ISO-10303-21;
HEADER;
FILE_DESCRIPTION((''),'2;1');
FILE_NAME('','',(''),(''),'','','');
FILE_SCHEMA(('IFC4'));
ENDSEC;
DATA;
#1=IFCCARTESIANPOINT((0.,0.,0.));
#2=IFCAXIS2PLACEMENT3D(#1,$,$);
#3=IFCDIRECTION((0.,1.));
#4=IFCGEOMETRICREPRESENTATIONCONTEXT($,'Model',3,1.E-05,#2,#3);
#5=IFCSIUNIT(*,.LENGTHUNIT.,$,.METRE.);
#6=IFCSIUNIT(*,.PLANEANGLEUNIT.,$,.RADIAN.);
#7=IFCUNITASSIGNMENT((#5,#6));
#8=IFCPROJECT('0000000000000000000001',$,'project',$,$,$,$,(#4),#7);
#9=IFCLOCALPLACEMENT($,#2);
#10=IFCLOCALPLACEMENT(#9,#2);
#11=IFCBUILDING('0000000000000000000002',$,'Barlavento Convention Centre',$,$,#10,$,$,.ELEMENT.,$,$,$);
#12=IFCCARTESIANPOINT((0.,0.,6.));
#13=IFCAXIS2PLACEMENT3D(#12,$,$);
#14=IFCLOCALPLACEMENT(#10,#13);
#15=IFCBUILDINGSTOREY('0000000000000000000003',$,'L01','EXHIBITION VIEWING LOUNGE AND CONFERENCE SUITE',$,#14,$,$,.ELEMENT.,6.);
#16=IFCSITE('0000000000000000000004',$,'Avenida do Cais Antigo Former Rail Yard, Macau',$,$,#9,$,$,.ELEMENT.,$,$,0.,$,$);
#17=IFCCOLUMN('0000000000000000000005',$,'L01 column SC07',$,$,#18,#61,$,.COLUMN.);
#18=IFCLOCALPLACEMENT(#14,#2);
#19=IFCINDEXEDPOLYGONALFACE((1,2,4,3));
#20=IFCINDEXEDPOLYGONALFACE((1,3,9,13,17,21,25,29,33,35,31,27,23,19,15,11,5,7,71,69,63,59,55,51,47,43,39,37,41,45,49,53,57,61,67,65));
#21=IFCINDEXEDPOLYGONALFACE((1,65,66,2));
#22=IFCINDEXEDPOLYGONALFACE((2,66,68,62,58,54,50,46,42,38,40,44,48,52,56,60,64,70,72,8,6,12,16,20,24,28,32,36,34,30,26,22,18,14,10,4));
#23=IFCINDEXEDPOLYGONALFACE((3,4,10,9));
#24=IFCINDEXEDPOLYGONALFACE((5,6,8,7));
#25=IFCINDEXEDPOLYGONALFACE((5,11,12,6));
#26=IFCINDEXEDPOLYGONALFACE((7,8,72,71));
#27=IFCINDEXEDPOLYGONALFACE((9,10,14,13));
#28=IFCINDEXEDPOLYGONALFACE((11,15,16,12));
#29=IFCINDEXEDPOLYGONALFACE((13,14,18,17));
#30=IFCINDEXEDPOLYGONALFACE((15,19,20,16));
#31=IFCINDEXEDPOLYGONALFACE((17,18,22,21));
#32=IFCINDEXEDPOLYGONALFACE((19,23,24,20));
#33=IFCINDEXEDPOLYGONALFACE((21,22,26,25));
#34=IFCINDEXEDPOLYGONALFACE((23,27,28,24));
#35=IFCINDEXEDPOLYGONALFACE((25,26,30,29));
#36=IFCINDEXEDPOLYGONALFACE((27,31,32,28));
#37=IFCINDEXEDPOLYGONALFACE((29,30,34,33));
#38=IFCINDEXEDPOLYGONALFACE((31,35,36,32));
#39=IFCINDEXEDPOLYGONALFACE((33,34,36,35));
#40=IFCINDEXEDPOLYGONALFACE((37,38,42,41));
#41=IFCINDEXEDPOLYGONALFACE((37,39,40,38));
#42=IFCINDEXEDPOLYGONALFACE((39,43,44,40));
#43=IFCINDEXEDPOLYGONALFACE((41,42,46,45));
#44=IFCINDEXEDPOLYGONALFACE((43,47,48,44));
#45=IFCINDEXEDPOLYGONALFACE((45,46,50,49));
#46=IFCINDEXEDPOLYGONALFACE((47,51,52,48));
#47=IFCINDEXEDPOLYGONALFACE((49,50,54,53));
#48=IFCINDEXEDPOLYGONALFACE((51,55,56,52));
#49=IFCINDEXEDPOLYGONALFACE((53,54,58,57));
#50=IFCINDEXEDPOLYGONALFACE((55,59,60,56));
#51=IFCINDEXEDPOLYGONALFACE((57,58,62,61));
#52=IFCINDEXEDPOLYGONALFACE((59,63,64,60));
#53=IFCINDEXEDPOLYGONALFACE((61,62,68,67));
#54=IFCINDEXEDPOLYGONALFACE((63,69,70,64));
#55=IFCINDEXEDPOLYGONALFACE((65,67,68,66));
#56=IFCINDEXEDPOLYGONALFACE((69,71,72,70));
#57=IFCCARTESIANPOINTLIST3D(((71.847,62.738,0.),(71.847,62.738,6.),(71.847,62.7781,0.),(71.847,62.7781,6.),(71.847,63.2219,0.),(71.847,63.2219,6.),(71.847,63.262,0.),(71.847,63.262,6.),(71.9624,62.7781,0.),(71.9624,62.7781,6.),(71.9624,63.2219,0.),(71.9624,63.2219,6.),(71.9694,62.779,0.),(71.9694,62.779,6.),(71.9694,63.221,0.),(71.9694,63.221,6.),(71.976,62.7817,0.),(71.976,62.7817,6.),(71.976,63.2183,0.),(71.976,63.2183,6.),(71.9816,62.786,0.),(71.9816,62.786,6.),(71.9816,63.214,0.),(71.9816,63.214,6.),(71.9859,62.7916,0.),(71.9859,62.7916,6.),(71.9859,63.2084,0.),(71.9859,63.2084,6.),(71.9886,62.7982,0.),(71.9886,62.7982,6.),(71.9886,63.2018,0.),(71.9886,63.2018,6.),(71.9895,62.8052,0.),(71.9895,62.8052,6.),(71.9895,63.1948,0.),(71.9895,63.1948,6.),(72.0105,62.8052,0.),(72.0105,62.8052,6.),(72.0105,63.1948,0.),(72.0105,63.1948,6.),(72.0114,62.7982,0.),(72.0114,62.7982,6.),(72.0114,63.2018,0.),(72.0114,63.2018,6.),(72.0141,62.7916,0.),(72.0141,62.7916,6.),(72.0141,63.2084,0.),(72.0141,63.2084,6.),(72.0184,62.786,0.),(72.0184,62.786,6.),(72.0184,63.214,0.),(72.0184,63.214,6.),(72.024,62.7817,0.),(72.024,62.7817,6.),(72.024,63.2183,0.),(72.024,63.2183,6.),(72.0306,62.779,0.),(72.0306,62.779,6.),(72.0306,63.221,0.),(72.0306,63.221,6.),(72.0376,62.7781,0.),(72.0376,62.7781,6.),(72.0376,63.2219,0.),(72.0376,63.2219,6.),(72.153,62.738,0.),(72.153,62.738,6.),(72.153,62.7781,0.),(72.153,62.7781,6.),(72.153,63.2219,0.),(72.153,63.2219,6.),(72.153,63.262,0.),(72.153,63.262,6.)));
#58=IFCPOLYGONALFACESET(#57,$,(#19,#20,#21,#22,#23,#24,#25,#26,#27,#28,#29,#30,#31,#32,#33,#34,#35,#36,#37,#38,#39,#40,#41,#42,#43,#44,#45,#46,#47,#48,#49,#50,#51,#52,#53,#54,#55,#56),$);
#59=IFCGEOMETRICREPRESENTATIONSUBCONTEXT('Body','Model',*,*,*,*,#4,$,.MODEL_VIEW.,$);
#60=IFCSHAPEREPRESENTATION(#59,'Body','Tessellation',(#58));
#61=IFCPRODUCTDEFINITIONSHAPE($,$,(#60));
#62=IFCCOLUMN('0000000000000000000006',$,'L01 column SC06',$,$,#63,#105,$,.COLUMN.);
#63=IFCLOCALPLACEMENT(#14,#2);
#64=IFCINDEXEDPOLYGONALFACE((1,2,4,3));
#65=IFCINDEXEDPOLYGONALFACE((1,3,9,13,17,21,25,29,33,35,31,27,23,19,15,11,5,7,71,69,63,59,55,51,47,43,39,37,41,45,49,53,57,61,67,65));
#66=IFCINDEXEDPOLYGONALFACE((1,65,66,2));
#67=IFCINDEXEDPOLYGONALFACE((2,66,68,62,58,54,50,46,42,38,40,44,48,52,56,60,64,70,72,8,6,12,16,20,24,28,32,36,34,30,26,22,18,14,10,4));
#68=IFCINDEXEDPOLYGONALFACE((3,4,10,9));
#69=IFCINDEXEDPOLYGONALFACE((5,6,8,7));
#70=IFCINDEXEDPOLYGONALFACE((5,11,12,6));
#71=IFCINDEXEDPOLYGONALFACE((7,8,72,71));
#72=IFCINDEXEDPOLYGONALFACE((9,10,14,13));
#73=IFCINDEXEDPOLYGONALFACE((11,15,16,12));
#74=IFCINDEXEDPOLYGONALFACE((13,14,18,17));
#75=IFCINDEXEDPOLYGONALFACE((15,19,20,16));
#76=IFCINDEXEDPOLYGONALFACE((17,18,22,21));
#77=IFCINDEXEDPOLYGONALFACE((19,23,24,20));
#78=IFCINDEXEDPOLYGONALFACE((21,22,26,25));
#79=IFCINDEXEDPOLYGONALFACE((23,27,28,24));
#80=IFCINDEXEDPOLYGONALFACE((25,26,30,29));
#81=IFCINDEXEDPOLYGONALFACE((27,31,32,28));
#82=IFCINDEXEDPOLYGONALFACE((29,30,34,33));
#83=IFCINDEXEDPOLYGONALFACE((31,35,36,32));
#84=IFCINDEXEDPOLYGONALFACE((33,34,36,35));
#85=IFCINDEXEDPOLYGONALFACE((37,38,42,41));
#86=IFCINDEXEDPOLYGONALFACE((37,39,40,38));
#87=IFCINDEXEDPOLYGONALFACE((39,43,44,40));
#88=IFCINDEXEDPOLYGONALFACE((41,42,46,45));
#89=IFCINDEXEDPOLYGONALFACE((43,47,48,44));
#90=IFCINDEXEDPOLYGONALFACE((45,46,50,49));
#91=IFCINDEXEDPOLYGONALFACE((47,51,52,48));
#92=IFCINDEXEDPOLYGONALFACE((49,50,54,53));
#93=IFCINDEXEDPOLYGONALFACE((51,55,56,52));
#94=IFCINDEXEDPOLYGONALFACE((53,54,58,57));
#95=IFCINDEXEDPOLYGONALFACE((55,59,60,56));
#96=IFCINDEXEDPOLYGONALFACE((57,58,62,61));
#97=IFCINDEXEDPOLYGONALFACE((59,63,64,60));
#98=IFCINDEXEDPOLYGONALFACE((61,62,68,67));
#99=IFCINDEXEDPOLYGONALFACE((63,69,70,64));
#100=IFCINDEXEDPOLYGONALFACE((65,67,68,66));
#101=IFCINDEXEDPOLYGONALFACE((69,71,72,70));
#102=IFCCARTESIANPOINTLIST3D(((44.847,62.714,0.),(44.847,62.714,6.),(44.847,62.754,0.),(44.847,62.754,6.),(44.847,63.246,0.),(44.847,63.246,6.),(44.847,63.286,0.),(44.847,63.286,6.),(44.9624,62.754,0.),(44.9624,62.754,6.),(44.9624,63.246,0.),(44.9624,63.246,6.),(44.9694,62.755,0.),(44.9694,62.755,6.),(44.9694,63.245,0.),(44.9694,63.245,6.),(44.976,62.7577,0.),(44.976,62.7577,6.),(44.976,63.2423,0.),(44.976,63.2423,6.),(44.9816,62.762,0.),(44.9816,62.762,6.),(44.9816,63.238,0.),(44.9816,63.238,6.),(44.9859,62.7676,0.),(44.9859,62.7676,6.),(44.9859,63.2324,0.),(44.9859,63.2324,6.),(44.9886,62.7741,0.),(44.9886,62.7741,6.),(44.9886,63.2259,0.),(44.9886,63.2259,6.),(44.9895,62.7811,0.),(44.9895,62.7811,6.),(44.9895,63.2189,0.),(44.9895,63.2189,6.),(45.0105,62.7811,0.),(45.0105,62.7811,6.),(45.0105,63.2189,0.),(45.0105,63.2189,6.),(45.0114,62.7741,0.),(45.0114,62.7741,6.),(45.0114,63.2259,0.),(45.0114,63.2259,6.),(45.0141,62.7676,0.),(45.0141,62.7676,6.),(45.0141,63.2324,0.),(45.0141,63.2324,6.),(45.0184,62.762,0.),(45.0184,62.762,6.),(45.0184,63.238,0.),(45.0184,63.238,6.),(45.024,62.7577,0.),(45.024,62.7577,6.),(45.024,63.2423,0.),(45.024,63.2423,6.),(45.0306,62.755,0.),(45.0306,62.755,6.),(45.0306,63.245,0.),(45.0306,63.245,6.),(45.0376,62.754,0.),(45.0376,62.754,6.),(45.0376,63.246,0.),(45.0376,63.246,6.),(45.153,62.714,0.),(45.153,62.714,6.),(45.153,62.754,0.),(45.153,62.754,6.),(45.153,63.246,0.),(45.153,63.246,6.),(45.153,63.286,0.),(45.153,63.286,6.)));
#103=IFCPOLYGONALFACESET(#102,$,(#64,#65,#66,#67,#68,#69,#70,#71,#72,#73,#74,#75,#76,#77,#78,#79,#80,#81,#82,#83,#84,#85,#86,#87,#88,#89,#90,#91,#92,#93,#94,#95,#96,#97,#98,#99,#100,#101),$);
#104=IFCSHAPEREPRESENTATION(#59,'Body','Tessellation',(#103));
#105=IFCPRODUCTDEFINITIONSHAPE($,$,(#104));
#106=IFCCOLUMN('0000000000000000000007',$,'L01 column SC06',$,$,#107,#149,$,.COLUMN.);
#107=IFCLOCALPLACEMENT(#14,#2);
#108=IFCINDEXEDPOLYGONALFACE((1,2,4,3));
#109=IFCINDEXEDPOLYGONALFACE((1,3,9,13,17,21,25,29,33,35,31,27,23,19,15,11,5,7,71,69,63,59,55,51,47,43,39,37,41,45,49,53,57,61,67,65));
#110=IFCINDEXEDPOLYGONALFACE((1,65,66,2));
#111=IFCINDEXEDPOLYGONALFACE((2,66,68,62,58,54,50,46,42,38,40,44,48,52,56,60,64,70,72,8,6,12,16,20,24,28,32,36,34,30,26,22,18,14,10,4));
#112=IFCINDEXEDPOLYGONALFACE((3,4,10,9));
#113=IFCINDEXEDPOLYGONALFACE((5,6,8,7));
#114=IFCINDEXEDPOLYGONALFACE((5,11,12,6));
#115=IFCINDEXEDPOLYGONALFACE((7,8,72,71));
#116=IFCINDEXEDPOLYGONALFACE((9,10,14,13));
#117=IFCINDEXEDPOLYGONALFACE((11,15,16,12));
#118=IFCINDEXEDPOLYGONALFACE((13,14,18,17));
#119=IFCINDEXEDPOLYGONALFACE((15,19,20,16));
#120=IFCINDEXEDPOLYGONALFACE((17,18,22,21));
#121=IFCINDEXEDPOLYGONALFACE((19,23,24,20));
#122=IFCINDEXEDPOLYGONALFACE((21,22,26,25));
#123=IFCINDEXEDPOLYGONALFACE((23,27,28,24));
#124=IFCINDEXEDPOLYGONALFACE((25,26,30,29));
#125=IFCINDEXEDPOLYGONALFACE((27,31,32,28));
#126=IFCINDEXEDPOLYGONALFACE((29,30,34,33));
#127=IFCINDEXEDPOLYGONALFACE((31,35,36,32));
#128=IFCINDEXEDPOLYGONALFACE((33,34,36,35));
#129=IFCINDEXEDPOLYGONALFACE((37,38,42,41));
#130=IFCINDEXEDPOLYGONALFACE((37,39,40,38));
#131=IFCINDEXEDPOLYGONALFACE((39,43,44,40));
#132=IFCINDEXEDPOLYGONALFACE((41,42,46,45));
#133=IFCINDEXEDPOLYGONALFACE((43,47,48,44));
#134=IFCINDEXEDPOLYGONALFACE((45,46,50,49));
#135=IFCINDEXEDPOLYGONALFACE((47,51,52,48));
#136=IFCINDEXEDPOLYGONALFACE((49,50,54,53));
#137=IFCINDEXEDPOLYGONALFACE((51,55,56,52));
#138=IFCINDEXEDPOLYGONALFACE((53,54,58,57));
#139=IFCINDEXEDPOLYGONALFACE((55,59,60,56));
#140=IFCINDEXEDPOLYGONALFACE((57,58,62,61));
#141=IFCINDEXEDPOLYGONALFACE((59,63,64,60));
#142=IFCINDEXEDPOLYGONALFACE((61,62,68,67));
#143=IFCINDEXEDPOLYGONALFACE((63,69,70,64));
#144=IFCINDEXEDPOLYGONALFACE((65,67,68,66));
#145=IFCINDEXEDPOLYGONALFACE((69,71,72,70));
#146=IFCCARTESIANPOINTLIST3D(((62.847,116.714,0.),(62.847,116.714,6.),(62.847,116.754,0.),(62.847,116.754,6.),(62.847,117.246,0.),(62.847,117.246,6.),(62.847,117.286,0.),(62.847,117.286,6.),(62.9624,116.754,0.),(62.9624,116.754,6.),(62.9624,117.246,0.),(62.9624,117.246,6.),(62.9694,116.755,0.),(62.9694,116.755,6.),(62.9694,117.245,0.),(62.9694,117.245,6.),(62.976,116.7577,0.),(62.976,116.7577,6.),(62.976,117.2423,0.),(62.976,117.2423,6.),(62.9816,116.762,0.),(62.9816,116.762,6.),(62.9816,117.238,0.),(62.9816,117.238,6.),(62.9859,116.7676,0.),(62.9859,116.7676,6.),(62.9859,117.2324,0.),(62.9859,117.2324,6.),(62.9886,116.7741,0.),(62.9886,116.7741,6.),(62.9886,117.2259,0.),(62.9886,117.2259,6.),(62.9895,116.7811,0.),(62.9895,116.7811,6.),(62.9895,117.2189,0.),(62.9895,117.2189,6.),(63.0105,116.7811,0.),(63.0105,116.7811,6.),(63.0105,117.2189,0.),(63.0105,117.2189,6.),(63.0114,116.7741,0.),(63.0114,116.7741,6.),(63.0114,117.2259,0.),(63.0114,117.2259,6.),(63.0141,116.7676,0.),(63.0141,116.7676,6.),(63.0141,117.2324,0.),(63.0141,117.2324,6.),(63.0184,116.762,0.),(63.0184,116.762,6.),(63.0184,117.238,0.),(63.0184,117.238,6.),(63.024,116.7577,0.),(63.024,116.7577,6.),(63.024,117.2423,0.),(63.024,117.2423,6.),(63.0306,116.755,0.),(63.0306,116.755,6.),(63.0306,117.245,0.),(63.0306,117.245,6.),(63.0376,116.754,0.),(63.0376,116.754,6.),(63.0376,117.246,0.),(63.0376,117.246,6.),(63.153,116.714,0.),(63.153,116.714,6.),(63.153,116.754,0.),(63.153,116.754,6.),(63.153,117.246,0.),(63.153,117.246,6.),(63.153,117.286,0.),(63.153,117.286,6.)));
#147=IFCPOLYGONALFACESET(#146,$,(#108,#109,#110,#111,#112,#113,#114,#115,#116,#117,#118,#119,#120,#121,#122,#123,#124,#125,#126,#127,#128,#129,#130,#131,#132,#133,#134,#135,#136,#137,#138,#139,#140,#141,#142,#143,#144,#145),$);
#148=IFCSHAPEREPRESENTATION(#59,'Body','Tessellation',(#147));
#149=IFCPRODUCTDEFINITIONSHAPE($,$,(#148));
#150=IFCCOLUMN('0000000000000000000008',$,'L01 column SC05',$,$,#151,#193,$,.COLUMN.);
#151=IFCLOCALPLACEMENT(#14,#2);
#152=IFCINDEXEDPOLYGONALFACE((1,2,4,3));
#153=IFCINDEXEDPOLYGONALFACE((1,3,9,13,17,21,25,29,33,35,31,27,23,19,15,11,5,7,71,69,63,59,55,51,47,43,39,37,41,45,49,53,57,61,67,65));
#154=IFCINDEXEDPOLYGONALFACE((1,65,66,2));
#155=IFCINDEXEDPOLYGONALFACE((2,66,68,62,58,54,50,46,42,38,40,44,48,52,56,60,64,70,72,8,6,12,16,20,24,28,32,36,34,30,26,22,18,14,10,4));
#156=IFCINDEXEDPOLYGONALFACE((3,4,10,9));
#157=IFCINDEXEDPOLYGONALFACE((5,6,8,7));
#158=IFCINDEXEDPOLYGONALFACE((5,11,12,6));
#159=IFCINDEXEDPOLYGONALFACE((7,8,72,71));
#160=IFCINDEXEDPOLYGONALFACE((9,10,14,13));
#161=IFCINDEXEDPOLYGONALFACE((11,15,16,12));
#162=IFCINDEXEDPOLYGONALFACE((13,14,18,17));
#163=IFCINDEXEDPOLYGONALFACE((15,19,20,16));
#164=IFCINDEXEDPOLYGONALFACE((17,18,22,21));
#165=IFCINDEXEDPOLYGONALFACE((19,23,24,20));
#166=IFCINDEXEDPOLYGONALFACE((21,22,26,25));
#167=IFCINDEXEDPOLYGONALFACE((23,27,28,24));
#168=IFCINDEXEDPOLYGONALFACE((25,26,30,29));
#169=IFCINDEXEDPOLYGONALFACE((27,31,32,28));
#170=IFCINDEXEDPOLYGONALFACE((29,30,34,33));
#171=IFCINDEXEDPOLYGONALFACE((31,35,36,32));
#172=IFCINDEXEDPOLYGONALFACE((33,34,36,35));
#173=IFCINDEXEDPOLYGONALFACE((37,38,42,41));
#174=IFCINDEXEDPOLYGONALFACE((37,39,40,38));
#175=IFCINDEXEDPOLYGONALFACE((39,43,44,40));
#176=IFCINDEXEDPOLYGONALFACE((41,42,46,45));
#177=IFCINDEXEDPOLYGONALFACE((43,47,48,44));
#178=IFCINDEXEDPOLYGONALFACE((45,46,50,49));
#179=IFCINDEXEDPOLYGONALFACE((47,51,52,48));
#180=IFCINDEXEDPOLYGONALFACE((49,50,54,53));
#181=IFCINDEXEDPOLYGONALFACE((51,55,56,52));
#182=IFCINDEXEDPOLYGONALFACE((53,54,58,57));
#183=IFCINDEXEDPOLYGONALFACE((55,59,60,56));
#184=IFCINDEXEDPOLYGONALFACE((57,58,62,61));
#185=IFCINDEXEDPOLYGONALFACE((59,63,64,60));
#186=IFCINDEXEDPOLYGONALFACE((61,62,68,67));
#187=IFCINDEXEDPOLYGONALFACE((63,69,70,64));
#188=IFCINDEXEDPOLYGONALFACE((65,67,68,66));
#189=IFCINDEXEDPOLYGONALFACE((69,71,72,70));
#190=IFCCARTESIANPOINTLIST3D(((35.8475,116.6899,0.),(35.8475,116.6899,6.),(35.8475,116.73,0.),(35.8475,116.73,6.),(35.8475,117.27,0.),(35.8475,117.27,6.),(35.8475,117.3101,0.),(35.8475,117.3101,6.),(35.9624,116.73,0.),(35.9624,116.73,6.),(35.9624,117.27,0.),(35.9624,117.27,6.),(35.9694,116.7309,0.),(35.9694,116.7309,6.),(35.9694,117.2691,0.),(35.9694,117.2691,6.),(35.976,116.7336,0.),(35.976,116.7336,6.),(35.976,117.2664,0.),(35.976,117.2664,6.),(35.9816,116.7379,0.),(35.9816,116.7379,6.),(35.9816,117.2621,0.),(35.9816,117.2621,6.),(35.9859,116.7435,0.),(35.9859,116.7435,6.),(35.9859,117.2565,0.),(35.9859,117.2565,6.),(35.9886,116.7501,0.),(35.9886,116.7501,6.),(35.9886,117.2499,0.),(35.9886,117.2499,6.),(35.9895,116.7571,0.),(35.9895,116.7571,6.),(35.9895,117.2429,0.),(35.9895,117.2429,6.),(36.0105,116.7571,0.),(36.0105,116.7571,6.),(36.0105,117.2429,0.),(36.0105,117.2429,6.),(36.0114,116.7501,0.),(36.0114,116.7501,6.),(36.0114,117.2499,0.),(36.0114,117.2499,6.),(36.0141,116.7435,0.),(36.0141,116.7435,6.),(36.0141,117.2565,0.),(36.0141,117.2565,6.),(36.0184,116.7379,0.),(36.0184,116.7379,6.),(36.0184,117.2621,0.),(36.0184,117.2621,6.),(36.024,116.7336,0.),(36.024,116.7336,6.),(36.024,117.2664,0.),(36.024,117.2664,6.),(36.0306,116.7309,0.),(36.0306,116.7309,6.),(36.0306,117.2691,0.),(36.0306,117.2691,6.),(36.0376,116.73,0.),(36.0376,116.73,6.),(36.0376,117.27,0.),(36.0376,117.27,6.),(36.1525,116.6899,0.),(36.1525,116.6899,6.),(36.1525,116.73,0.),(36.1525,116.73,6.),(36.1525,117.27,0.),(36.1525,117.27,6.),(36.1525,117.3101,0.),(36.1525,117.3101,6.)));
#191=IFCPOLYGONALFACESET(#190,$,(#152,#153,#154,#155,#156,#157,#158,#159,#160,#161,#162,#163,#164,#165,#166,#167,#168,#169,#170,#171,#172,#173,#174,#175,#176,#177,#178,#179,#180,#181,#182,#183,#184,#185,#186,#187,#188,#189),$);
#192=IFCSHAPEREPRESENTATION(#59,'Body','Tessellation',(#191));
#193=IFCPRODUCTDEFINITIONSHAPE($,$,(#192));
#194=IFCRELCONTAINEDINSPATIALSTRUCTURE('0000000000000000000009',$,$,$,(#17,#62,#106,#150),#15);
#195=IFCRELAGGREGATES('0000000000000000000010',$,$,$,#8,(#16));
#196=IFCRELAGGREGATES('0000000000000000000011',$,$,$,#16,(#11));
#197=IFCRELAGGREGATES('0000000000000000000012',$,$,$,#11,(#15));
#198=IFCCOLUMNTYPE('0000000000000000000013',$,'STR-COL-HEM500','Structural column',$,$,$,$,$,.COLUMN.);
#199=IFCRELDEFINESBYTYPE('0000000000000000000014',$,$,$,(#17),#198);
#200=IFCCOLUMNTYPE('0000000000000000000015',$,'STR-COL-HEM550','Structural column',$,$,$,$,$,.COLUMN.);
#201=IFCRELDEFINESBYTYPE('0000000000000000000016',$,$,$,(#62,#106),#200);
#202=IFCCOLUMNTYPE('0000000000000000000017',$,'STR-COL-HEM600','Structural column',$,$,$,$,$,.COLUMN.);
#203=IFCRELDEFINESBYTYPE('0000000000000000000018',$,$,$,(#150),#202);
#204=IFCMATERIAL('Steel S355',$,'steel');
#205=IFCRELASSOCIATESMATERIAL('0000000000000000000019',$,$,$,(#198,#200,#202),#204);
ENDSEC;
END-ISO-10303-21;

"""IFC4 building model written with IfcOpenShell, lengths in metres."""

from ifc_helpers import new_model, si_unit, direction, frame, origin, origin_2d, place, context, subcontext, project, spatial, i_section, extrude, material, material_profile, profile_set, type_object, element, save


model = new_model("IFC4")

# Units and contexts
model_context = context("Model", 3, precision=1e-05, world=origin(), true_north=direction((0.0, 1.0)))
body_context = subcontext(model_context, "Body", "Model", "MODEL_VIEW")
ifc_project = project(units=[si_unit("LENGTHUNIT", "METRE"), si_unit("PLANEANGLEUNIT", "RADIAN")], contexts=[model_context])

# Site, building, storey
site_placement = place(None, origin())
site = spatial("IfcSite", under=ifc_project, at=site_placement, Name="Avenida do Cais Antigo Former Rail Yard, Macau", CompositionType="ELEMENT", RefElevation=0.0)
building_placement = place(site_placement, origin())
building = spatial("IfcBuilding", under=site, at=building_placement, Name="Barlavento Convention Centre", CompositionType="ELEMENT")
storey_placement = place(building_placement, frame((0.0, 0.0, 6.0)))
storey = spatial("IfcBuildingStorey", under=building, at=storey_placement, Name="L01", Description="EXHIBITION VIEWING LOUNGE AND CONFERENCE SUITE", CompositionType="ELEMENT", Elevation=6.0)

# Columns
ifc_material_1 = material(Name="Steel S355", Category="steel")
ifc_material_profile_1 = material_profile(ifc_material_1, i_section(OverallWidth=0.3059, OverallDepth=0.5239, WebThickness=0.021, FlangeThickness=0.04, FilletRadius=0.0271, at=origin_2d()), Name="HEM 500")
ifc_profile_set_1 = profile_set([ifc_material_profile_1], Name="Steel S355")
column_type_1 = type_object("IfcColumnType", Name="STR-COL-HEM500", Description="Structural column", PredefinedType="COLUMN", material=ifc_profile_set_1)
column_1_placement = place(storey_placement, frame((72.0, 63.0, 0.0), z_axis=(0.0, 0.0, 1.0), x_axis=(1.0, 0.0, 0.0)))
element("IfcColumn", 1, at=column_1_placement, inside=storey, type_object=column_type_1, Name="L01 column SC07", PredefinedType="COLUMN", context=body_context, shape_type="SweptSolid", body=[
    extrude(i_section(OverallWidth=0.3059, OverallDepth=0.5239, WebThickness=0.021, FlangeThickness=0.04, FilletRadius=0.0271, at=origin_2d()), origin(), (0.0, 0.0, 1.0), 6.0),
])
ifc_material_profile_2 = material_profile(ifc_material_1, i_section(OverallWidth=0.3059, OverallDepth=0.572, WebThickness=0.021, FlangeThickness=0.04, FilletRadius=0.0271, at=origin_2d()), Name="HEM 550")
ifc_profile_set_2 = profile_set([ifc_material_profile_2], Name="Steel S355")
column_type_2 = type_object("IfcColumnType", Name="STR-COL-HEM550", Description="Structural column", PredefinedType="COLUMN", material=ifc_profile_set_2)
for number, where, z_axis, x_axis, name in (
    (2, (45.0, 63.0, 0.0), (0.0, 0.0, 1.0), (1.0, 0.0, 0.0), "L01 column SC06"),
    (3, (63.0, 117.0, 0.0), (0.0, 0.0, 1.0), (1.0, 0.0, 0.0), "L01 column SC06"),
):
    element("IfcColumn", number, at=place(storey_placement, frame(where, z_axis=z_axis, x_axis=x_axis)), inside=storey, type_object=column_type_2, Name=name, PredefinedType="COLUMN", context=body_context, shape_type="SweptSolid", body=[
        extrude(i_section(OverallWidth=0.3059, OverallDepth=0.572, WebThickness=0.021, FlangeThickness=0.04, FilletRadius=0.0271, at=origin_2d()), origin(), (0.0, 0.0, 1.0), 6.0),
    ])
ifc_material_profile_3 = material_profile(ifc_material_1, i_section(OverallWidth=0.3049, OverallDepth=0.6201, WebThickness=0.021, FlangeThickness=0.04, FilletRadius=0.0271, at=origin_2d()), Name="HEM 600")
ifc_profile_set_3 = profile_set([ifc_material_profile_3], Name="Steel S355")
column_type_3 = type_object("IfcColumnType", Name="STR-COL-HEM600", Description="Structural column", PredefinedType="COLUMN", material=ifc_profile_set_3)
column_2_placement = place(storey_placement, frame((36.0, 117.0, 0.0), z_axis=(0.0, 0.0, 1.0), x_axis=(1.0, 0.0, 0.0)))
element("IfcColumn", 4, at=column_2_placement, inside=storey, type_object=column_type_3, Name="L01 column SC05", PredefinedType="COLUMN", context=body_context, shape_type="SweptSolid", body=[
    extrude(i_section(OverallWidth=0.3049, OverallDepth=0.6201, WebThickness=0.021, FlangeThickness=0.04, FilletRadius=0.0271, at=origin_2d()), origin(), (0.0, 0.0, 1.0), 6.0),
])

save(model, "model.ifc")
